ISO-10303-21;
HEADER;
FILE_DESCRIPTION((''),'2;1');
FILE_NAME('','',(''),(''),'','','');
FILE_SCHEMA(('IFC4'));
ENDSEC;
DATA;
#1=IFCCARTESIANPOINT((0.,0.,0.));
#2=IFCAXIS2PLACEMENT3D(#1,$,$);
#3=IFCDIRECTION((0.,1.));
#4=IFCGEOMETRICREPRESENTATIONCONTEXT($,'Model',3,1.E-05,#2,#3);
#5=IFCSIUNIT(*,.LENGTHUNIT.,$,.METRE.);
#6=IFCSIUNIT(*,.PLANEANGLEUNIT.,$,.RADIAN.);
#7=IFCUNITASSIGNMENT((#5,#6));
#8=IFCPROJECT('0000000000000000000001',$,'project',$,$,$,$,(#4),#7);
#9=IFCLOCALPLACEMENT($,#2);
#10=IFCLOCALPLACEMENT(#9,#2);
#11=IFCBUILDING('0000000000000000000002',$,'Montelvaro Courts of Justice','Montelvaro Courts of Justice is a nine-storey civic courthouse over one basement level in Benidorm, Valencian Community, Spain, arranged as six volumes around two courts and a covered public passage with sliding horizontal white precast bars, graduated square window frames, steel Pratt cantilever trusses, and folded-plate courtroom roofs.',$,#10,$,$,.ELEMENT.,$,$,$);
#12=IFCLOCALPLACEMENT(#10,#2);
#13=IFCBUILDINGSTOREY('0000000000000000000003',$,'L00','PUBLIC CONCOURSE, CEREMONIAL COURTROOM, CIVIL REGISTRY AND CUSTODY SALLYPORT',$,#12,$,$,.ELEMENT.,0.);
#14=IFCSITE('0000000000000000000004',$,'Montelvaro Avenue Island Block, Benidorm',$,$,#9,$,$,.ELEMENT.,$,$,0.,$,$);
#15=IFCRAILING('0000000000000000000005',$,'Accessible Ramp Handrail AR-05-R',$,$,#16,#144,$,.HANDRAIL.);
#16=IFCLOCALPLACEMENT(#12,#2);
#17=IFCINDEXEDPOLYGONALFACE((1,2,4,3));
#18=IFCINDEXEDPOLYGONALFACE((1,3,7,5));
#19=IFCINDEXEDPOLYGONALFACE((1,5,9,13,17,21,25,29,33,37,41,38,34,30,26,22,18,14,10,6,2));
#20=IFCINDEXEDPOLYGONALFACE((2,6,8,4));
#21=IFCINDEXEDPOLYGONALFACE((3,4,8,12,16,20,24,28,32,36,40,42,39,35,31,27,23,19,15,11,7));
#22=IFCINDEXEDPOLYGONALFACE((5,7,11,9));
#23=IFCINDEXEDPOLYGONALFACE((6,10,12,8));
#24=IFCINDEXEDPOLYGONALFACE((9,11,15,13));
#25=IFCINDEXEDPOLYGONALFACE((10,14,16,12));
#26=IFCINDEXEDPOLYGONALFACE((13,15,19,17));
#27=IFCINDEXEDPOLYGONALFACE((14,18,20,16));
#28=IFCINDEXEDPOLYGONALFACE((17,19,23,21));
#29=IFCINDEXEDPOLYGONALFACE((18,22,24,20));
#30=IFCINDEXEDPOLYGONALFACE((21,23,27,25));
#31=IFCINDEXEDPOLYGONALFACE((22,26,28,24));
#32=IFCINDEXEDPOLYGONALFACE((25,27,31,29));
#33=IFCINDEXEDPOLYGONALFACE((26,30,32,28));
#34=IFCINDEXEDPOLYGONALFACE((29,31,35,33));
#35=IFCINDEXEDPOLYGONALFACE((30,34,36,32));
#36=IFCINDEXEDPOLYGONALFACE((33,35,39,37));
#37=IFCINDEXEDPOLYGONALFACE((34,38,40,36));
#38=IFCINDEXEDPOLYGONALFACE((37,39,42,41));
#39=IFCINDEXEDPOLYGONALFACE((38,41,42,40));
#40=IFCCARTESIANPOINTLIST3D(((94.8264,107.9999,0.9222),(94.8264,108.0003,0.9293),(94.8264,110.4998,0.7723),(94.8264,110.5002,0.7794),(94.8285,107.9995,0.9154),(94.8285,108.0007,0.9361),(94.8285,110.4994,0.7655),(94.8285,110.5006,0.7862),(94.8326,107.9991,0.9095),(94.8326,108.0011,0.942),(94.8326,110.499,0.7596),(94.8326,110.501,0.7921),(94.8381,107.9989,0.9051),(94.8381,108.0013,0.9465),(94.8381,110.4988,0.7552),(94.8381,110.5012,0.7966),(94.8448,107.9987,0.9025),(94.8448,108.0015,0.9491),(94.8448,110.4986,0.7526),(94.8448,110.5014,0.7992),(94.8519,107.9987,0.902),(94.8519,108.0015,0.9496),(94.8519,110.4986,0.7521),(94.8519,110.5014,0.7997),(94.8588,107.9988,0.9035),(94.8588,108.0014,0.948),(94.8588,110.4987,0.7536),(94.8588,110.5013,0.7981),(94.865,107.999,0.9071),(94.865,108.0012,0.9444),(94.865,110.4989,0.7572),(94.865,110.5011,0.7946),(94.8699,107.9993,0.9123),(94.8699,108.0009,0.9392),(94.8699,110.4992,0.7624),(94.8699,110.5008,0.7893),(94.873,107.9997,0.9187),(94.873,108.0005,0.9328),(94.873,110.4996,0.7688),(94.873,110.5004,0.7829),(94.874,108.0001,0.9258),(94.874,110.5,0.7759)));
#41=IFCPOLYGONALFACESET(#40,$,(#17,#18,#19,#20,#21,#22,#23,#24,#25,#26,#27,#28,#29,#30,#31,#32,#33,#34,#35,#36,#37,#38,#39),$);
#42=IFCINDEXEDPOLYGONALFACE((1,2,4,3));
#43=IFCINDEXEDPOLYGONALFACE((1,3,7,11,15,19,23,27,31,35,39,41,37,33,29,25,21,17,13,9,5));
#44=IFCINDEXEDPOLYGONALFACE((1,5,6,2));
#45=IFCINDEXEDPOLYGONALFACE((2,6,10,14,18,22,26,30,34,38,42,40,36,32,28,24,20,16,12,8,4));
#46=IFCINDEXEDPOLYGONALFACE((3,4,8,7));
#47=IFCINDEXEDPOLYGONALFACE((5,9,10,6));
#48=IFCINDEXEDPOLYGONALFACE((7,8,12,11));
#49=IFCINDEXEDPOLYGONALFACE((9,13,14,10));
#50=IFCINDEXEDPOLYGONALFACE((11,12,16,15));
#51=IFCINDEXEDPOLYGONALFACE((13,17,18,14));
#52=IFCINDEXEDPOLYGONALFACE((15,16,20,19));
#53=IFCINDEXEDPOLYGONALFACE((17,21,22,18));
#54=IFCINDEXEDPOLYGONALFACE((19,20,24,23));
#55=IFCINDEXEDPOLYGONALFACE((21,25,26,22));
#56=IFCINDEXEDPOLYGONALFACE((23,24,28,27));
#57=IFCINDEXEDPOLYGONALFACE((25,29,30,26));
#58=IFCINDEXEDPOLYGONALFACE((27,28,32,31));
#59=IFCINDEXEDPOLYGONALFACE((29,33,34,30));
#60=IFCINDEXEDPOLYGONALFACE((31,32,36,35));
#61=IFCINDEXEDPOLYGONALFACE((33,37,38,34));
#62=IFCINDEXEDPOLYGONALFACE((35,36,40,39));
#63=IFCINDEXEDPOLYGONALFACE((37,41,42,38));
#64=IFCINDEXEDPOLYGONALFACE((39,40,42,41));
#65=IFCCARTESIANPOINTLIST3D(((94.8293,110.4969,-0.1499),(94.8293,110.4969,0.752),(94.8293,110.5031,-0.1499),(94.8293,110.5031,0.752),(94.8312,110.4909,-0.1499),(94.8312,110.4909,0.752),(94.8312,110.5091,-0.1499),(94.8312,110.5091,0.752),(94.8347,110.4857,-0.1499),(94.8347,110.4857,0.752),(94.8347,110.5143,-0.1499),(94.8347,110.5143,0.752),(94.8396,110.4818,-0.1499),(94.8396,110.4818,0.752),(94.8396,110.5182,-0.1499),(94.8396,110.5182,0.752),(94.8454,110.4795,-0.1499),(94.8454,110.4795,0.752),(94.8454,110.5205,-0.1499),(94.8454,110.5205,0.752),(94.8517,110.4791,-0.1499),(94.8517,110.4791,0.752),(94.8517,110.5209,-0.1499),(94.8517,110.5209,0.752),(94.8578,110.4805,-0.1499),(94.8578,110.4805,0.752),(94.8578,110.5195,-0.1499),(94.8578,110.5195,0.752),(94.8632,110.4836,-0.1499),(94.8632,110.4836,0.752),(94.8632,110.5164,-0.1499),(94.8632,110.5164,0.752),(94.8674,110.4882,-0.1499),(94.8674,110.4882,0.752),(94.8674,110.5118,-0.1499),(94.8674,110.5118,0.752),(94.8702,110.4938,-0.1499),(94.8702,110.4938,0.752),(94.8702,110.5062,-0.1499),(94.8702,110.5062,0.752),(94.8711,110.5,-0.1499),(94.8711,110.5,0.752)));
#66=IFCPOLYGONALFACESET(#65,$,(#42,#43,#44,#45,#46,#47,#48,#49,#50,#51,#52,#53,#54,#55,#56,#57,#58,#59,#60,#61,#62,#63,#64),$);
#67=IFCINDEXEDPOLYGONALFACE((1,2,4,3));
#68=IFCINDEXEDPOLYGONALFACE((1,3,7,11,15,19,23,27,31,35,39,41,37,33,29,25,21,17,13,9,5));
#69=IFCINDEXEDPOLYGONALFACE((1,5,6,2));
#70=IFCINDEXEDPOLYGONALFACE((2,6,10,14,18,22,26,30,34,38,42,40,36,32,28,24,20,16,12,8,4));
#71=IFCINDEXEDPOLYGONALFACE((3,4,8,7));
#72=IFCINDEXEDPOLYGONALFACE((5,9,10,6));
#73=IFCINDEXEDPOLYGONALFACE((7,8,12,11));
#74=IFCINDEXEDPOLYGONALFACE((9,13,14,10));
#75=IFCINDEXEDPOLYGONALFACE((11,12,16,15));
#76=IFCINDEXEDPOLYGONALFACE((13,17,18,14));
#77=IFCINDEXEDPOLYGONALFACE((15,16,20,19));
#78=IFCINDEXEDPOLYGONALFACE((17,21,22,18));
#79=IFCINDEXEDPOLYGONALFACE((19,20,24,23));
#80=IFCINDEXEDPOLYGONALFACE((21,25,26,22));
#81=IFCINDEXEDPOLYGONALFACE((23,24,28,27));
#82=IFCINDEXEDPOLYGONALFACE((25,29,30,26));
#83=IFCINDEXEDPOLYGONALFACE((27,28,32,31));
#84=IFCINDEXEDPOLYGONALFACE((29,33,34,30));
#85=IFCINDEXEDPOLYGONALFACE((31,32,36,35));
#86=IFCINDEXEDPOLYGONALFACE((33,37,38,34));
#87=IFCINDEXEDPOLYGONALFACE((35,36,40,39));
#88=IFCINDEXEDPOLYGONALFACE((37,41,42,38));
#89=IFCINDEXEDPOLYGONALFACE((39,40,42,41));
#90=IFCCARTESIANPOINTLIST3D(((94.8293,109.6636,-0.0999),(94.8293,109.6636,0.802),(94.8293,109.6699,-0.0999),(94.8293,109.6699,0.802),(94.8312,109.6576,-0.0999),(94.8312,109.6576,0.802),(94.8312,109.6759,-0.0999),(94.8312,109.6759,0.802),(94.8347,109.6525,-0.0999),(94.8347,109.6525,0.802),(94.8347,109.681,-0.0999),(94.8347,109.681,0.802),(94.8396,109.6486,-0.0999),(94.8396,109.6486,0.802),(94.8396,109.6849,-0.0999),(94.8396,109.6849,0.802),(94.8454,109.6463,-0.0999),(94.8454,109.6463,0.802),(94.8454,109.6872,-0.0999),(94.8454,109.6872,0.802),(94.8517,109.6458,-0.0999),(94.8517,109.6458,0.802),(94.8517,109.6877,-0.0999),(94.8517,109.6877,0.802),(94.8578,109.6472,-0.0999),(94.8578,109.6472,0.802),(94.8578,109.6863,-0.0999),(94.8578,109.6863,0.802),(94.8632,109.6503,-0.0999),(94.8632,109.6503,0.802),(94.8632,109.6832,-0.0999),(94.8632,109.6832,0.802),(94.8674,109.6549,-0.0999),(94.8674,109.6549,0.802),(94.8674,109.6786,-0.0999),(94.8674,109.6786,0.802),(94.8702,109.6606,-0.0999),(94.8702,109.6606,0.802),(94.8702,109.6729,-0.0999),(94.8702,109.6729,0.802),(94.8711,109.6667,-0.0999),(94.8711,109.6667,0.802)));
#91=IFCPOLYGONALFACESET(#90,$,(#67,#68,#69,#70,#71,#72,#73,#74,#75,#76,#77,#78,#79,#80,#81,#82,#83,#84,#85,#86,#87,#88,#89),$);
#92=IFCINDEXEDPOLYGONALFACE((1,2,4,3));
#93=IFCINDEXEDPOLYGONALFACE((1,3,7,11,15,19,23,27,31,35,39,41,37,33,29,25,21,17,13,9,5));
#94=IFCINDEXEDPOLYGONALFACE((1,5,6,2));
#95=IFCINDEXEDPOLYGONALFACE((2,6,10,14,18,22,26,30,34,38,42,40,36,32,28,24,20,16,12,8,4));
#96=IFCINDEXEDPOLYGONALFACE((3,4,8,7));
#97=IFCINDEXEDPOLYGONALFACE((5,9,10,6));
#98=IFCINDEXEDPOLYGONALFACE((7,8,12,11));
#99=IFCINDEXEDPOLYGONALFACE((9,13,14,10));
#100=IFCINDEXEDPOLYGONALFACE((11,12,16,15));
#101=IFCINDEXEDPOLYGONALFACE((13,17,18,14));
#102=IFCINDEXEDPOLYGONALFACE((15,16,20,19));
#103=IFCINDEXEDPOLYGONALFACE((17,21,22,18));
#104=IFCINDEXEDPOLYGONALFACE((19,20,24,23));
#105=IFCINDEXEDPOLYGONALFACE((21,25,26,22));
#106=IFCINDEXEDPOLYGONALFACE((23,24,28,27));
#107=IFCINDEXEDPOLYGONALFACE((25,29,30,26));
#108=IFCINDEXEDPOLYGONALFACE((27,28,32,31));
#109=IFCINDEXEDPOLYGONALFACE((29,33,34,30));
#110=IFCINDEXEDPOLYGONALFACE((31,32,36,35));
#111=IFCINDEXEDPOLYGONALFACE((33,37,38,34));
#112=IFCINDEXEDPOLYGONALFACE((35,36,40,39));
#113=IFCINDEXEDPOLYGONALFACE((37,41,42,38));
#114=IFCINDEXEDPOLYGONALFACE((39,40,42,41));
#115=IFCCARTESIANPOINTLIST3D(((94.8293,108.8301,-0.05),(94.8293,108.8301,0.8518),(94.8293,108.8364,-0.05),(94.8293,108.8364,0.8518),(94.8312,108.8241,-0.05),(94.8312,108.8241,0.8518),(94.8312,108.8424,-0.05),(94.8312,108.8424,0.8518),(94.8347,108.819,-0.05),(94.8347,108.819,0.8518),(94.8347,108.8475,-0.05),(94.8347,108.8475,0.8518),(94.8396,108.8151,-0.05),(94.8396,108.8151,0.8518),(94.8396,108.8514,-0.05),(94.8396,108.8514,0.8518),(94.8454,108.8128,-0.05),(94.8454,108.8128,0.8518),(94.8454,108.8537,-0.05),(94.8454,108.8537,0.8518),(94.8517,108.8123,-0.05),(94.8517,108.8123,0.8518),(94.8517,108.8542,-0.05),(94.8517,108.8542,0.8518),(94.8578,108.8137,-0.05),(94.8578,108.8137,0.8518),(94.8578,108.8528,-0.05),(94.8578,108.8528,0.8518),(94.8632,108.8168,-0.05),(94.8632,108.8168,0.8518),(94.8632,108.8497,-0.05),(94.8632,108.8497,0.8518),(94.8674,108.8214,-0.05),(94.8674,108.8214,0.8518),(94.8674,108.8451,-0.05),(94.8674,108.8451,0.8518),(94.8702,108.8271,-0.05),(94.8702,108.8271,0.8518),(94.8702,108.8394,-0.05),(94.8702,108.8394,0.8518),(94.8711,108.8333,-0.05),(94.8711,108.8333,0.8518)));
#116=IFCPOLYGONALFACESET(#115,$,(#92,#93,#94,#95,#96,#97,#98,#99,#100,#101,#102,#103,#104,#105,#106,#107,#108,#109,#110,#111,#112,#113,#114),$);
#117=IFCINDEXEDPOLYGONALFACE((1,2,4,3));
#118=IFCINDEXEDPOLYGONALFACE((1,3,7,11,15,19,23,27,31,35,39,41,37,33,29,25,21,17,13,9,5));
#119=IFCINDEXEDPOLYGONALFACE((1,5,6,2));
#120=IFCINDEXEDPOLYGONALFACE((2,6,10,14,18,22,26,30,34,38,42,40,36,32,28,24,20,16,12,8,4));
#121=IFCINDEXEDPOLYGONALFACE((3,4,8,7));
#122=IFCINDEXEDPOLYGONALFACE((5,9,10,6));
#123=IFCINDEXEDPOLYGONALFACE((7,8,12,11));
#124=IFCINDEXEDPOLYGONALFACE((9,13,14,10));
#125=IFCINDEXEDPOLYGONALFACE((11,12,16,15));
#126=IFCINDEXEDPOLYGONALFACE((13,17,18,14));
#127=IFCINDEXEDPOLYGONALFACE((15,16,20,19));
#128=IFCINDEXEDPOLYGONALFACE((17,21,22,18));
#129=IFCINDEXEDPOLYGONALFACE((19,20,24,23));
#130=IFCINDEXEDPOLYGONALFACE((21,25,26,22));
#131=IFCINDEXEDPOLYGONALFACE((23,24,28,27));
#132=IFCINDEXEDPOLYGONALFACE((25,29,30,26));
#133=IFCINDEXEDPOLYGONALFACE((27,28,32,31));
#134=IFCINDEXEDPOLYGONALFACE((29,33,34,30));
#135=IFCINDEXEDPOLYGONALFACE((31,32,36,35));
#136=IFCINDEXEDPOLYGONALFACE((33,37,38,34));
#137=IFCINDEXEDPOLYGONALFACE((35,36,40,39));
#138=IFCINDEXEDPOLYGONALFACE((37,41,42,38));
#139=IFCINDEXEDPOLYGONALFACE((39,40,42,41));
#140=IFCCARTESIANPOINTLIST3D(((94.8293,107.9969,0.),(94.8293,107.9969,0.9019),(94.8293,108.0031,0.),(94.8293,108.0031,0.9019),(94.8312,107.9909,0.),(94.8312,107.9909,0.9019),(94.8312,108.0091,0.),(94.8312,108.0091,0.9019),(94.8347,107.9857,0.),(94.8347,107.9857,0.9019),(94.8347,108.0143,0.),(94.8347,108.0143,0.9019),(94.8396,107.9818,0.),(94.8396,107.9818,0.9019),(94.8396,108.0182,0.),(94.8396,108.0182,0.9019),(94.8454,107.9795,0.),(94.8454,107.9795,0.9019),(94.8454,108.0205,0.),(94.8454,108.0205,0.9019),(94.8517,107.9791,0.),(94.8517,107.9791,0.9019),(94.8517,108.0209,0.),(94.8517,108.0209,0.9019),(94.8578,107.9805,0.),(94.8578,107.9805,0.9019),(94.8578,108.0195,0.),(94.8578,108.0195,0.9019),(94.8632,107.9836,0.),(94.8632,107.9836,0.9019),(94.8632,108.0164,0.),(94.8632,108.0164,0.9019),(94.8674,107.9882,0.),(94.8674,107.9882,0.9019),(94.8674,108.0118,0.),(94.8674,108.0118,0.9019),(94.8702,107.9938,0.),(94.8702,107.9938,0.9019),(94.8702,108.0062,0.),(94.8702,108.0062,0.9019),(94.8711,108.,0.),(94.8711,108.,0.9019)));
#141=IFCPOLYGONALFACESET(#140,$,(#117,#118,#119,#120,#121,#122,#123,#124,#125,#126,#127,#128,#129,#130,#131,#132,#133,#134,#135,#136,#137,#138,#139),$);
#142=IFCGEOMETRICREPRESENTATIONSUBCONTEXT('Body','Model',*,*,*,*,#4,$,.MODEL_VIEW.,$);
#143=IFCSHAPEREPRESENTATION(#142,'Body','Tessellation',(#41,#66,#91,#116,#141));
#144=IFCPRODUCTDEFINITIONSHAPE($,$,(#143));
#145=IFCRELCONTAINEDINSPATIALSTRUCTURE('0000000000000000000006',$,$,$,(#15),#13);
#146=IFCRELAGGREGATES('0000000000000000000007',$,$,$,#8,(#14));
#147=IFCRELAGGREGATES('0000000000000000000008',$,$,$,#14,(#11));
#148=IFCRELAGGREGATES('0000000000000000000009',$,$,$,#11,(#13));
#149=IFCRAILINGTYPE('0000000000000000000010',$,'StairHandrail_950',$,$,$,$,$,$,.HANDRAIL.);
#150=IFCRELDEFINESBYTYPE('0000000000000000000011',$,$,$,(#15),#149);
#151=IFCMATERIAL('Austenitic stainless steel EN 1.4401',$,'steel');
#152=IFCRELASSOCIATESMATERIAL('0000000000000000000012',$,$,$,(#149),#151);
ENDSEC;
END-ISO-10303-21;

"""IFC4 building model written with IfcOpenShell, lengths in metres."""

from ifc_helpers import new_model, si_unit, direction, frame, origin, origin_2d, place, context, subcontext, project, spatial, circle, extrude, material, type_object, element, save


model = new_model("IFC4")

# Units and contexts
model_context = context("Model", 3, precision=1e-05, world=origin(), true_north=direction((0.0, 1.0)))
body_context = subcontext(model_context, "Body", "Model", "MODEL_VIEW")
ifc_project = project(units=[si_unit("LENGTHUNIT", "METRE"), si_unit("PLANEANGLEUNIT", "RADIAN")], contexts=[model_context])

# Site, building, storey
site_placement = place(None, origin())
site = spatial("IfcSite", under=ifc_project, at=site_placement, Name="Montelvaro Avenue Island Block, Benidorm", CompositionType="ELEMENT", RefElevation=0.0)
building_placement = place(site_placement, origin())
building = spatial("IfcBuilding", under=site, at=building_placement, Name="Montelvaro Courts of Justice", Description="Montelvaro Courts of Justice is a nine-storey civic courthouse over one basement level in Benidorm, Valencian Community, Spain, arranged as six volumes around two courts and a covered public passage with sliding horizontal white precast bars, graduated square window frames, steel Pratt cantilever trusses, and folded-plate courtroom roofs.", CompositionType="ELEMENT")
storey_placement = place(building_placement, origin())
storey = spatial("IfcBuildingStorey", under=building, at=storey_placement, Name="L00", Description="PUBLIC CONCOURSE, CEREMONIAL COURTROOM, CIVIL REGISTRY AND CUSTODY SALLYPORT", CompositionType="ELEMENT", Elevation=0.0)

# Railing
ifc_material_1 = material(Name="Austenitic stainless steel EN 1.4401", Category="steel")
railing_type = type_object("IfcRailingType", Name="StairHandrail_950", PredefinedType="HANDRAIL", material=ifc_material_1)
for number, where, name in (
    (1, (94.8501, 110.5, -0.1499), "Accessible Ramp Handrail AR-05-R"),
):
    element("IfcRailing", number, at=place(storey_placement, frame(where)), inside=storey, type_object=railing_type, Name=name, PredefinedType="HANDRAIL", context=body_context, shape_type="SweptSolid", body=[
        extrude(circle(Radius=0.0239, at=origin_2d()), frame((0.0, 0.0, 0.9258), z_axis=(0.0, -0.998207, 0.059853), x_axis=(1.0, 0.0, 0.0)), (0.0, 0.0, 1.0), 2.5044),
        extrude(circle(Radius=0.021, at=origin_2d()), origin(), (0.0, 0.0, 1.0), 0.9019),
        extrude(circle(Radius=0.021, at=origin_2d()), frame((0.0, -0.8333, 0.05)), (0.0, 0.0, 1.0), 0.9019),
        extrude(circle(Radius=0.021, at=origin_2d()), frame((0.0, -1.6667, 0.0999)), (0.0, 0.0, 1.0), 0.9019),
        extrude(circle(Radius=0.021, at=origin_2d()), frame((0.0, -2.5, 0.1499)), (0.0, 0.0, 1.0), 0.9019),
    ])

save(model, "model.ifc")
